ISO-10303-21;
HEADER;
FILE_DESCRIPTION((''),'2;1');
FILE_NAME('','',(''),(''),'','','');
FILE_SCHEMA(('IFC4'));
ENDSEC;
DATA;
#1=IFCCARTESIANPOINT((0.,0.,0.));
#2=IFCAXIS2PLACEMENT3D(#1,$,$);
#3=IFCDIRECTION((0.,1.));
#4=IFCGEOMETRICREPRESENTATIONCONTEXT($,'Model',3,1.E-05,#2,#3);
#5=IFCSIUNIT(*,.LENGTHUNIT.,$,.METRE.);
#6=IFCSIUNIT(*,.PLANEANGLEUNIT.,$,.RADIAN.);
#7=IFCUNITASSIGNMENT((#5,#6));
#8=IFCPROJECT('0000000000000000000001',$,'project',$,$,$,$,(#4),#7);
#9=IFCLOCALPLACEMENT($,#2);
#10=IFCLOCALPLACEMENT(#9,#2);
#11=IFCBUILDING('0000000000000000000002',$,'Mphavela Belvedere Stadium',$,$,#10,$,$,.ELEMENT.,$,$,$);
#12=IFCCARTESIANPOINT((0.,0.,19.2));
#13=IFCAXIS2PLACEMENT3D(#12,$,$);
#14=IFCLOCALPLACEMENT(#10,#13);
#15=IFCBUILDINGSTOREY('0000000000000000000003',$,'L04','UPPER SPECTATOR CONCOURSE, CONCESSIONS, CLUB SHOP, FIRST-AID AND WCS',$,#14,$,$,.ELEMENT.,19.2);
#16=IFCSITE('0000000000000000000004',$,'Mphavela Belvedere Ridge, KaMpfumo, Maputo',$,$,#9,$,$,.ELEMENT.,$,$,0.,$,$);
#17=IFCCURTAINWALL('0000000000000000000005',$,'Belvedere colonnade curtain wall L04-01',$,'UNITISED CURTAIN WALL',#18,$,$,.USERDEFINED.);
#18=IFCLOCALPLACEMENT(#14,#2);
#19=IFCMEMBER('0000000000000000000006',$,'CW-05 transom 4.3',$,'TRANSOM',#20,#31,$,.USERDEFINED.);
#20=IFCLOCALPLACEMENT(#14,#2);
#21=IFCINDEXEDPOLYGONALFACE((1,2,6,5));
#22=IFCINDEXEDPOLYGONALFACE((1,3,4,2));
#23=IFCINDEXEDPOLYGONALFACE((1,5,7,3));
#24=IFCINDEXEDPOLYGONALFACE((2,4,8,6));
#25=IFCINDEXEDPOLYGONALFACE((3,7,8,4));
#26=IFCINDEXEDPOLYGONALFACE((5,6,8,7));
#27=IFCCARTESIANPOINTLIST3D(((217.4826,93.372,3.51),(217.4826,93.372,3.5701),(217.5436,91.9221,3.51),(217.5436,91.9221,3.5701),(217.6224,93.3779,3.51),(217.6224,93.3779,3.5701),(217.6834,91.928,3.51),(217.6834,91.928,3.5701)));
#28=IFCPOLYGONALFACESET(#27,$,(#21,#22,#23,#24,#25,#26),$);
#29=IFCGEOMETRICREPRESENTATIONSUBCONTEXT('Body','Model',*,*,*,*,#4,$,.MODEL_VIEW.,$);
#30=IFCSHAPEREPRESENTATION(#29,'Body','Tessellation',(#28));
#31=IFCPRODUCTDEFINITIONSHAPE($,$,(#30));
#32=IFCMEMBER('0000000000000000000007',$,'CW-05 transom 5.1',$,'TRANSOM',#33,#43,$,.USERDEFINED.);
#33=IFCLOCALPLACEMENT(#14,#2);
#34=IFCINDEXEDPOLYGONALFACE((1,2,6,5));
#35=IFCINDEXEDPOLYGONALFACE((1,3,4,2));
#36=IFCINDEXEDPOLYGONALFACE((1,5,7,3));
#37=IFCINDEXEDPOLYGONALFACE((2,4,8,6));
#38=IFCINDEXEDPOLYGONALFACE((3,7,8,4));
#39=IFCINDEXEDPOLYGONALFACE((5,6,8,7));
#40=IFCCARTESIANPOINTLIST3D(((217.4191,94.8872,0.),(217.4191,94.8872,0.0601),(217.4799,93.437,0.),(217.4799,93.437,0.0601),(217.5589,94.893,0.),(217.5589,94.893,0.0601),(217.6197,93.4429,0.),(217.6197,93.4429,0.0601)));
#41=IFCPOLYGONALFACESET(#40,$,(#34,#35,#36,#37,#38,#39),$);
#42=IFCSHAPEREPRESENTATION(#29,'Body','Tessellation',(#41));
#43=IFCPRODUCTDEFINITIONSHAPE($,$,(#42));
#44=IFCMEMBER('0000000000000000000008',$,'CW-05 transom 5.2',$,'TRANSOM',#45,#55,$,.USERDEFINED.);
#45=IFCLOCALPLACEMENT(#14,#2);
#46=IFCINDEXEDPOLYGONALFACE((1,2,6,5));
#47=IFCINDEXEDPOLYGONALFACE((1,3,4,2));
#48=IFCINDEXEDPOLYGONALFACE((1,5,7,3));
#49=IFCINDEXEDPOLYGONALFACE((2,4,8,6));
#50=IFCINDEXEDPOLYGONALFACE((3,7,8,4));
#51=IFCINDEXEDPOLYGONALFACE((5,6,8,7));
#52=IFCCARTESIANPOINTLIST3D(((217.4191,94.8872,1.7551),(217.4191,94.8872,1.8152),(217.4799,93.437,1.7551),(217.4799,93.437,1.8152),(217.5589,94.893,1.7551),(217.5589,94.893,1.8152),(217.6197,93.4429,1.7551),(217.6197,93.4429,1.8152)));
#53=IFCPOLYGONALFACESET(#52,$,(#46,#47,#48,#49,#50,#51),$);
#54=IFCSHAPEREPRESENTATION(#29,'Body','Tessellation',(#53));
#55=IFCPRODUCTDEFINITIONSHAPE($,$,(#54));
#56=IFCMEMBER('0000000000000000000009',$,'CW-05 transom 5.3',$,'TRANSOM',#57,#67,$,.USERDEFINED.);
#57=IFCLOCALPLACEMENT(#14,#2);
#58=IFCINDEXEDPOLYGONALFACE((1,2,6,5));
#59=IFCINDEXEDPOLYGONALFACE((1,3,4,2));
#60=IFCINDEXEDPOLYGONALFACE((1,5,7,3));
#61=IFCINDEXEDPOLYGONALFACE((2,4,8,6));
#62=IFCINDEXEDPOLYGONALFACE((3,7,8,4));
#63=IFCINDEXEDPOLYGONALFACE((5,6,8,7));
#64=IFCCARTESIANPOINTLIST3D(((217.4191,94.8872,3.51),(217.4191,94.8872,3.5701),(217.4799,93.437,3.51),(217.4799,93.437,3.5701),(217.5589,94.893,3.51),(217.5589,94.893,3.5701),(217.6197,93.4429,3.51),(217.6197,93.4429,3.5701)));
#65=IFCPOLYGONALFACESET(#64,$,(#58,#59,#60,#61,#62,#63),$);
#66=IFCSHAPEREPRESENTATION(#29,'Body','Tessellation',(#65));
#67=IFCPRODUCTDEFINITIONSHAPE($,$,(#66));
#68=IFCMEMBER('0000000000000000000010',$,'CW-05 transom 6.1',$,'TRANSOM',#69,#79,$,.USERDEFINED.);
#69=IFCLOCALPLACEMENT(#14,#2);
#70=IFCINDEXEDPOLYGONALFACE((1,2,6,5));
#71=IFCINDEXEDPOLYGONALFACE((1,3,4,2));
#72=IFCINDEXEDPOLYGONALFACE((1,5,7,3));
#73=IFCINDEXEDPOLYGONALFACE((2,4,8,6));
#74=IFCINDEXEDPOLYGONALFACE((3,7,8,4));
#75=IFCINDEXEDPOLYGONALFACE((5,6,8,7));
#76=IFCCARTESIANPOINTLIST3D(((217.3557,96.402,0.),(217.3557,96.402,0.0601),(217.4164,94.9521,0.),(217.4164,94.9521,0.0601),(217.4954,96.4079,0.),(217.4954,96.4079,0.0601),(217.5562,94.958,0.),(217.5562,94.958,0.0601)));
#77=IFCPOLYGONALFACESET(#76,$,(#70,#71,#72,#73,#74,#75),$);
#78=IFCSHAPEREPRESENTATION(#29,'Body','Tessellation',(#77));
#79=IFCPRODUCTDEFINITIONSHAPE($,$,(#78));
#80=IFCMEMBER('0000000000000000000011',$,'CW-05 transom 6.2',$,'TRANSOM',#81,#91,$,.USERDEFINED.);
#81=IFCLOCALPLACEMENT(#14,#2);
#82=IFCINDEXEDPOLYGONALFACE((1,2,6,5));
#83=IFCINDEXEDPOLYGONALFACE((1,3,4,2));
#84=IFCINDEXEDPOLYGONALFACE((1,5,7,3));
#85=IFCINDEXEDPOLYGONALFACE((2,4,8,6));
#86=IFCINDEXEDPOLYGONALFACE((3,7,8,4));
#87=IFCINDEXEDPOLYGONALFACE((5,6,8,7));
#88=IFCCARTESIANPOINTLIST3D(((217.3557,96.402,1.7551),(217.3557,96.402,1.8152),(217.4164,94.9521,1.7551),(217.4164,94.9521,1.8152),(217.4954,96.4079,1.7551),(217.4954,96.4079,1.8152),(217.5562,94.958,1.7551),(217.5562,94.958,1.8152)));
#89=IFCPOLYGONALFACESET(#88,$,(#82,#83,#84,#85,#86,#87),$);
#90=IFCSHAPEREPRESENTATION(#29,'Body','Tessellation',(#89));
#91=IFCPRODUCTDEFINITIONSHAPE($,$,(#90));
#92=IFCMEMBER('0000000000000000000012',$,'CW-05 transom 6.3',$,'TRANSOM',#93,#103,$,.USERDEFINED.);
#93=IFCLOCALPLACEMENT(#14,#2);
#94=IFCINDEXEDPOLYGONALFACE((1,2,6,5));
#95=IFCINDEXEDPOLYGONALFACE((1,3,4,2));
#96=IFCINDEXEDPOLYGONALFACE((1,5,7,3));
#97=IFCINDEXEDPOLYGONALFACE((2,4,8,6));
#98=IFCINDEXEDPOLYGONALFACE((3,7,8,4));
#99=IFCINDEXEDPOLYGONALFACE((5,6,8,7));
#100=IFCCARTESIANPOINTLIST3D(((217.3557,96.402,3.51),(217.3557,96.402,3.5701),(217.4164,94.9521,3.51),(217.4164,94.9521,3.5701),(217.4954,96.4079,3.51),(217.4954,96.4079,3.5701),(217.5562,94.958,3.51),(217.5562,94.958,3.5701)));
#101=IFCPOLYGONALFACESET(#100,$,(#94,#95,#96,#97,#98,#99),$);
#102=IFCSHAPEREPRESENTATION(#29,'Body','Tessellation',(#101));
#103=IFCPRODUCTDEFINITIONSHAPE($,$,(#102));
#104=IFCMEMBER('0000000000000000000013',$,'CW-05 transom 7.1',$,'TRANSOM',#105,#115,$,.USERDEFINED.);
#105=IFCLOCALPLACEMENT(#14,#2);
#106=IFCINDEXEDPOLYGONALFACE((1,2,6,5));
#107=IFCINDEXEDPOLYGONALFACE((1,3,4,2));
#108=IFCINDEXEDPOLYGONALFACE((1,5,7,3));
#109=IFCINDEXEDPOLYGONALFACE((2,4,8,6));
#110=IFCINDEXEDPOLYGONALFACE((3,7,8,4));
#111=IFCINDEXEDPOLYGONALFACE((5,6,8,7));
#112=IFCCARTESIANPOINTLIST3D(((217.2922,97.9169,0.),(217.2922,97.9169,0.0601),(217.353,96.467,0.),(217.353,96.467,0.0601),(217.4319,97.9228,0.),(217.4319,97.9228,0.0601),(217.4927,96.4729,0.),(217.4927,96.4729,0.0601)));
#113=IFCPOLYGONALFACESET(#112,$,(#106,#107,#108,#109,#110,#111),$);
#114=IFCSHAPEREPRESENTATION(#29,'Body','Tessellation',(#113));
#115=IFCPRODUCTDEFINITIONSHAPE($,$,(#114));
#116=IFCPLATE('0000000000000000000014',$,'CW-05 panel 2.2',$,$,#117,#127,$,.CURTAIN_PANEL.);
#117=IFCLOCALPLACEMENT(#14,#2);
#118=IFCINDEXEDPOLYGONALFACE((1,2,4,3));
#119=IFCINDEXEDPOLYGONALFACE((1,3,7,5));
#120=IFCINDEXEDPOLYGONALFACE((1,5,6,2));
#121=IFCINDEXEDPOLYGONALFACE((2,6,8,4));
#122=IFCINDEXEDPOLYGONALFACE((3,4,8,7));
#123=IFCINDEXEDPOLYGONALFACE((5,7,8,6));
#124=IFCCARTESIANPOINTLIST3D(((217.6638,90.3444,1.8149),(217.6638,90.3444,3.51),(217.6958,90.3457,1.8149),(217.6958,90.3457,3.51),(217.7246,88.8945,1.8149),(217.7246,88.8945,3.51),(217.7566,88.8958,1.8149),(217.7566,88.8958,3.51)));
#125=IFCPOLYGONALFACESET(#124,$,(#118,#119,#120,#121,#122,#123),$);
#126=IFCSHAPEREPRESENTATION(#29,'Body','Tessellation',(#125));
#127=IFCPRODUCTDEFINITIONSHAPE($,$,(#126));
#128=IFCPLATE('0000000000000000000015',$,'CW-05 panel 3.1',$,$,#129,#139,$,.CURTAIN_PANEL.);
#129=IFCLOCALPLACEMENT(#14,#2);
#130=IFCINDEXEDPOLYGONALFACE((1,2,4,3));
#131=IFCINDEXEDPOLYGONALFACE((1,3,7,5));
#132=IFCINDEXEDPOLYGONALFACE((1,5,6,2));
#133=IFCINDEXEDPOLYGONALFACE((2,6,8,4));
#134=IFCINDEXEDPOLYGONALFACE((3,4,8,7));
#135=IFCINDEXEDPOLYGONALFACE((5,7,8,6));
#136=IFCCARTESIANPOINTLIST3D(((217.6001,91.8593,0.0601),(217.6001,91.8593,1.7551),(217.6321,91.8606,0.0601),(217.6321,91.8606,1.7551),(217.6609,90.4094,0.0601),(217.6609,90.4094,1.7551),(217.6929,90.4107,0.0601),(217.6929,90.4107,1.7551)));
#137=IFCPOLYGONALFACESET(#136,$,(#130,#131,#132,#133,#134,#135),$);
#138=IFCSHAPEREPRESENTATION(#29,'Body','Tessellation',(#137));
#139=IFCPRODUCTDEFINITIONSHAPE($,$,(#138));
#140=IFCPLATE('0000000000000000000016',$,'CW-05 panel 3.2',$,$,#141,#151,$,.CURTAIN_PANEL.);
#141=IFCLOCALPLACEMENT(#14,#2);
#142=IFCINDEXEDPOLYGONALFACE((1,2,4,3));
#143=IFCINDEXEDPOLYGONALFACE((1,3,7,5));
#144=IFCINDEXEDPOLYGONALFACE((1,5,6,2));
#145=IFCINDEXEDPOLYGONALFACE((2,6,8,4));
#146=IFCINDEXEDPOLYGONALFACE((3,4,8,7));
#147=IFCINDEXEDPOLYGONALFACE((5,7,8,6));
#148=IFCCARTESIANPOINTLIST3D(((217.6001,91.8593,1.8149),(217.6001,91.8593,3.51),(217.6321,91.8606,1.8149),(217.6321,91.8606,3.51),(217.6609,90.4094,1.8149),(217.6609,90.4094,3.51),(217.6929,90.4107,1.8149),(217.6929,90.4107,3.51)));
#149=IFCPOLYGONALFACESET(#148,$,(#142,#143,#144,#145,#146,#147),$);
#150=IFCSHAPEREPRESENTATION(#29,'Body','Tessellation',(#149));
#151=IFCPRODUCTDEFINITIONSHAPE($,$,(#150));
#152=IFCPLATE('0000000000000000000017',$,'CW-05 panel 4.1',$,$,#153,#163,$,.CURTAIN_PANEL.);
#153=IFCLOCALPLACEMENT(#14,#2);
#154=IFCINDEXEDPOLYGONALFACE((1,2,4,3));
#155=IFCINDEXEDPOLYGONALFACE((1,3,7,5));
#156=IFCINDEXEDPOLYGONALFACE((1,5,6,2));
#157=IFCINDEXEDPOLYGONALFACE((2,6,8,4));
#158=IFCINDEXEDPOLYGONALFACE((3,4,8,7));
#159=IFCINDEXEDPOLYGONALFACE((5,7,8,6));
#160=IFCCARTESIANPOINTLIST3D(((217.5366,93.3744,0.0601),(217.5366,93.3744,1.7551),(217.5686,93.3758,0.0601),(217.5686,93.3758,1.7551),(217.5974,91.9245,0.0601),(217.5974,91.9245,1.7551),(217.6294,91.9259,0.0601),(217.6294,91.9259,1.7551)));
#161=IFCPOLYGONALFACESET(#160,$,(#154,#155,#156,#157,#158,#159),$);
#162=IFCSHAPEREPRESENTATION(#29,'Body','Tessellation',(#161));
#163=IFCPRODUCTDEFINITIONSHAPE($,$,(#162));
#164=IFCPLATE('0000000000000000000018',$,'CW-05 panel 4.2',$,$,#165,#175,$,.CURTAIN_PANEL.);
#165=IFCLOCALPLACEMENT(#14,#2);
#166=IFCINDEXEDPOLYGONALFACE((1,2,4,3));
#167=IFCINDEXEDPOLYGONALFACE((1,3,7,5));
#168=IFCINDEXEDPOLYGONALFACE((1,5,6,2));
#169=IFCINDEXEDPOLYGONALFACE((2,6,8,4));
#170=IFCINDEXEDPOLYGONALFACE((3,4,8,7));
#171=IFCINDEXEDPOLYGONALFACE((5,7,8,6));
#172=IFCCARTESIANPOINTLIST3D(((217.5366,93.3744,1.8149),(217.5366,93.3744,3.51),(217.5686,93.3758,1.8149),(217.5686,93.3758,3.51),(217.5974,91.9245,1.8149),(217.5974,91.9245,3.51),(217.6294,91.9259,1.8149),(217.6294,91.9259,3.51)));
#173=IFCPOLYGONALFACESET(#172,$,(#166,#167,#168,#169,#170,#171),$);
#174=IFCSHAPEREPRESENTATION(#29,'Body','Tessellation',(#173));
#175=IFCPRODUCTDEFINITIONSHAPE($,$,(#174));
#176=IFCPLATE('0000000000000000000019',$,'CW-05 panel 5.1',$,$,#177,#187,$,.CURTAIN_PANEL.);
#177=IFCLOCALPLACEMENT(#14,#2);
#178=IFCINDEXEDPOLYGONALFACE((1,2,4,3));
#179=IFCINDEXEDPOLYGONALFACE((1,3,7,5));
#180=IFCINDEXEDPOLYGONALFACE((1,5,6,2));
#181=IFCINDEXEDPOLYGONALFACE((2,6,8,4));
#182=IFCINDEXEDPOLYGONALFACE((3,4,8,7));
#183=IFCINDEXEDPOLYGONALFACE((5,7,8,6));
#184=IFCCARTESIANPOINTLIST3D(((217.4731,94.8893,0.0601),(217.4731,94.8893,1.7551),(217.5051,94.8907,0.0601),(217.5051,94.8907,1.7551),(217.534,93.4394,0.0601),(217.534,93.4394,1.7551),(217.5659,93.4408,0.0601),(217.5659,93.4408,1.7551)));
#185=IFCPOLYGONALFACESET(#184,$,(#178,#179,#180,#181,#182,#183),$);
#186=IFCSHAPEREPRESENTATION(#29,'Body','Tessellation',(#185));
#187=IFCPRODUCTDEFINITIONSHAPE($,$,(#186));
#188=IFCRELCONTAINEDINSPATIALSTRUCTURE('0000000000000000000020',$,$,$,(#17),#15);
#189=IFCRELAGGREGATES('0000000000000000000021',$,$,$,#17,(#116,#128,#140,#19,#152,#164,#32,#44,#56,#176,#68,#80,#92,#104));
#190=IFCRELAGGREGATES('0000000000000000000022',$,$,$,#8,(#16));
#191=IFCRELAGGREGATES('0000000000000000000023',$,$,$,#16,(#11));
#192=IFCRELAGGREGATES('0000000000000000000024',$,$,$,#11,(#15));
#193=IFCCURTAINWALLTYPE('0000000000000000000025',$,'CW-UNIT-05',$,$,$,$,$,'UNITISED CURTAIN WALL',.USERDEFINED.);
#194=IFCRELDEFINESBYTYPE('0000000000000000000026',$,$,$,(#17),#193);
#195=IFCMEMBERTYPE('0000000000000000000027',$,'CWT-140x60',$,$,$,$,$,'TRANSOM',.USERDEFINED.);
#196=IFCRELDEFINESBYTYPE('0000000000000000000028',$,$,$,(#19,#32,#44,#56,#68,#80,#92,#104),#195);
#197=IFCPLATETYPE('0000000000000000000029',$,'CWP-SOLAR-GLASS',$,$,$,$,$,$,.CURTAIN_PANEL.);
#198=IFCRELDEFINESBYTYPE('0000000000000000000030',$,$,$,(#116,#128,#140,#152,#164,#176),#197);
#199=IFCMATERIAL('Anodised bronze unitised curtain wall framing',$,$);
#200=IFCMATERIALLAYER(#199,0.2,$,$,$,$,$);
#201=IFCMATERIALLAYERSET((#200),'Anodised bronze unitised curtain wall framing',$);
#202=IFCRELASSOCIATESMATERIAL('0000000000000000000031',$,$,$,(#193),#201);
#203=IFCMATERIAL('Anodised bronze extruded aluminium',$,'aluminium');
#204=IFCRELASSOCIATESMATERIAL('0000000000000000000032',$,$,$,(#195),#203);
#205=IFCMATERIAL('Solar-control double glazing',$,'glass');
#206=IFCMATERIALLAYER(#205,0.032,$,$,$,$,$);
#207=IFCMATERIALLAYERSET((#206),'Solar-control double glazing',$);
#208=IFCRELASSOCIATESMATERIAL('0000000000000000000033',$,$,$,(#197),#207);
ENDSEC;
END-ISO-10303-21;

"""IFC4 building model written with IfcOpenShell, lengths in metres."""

from ifc_helpers import new_model, si_unit, direction, frame, origin, origin_2d, place, context, subcontext, project, spatial, rectangle, extrude, material, layer, layer_set, material_profile, profile_set, type_object, element, aggregate, save


model = new_model("IFC4")

# Units and contexts
model_context = context("Model", 3, precision=1e-05, world=origin(), true_north=direction((0.0, 1.0)))
body_context = subcontext(model_context, "Body", "Model", "MODEL_VIEW")
ifc_project = project(units=[si_unit("LENGTHUNIT", "METRE"), si_unit("PLANEANGLEUNIT", "RADIAN")], contexts=[model_context])

# Site, building, storey
site_placement = place(None, origin())
site = spatial("IfcSite", under=ifc_project, at=site_placement, Name="Mphavela Belvedere Ridge, KaMpfumo, Maputo", CompositionType="ELEMENT", RefElevation=0.0)
building_placement = place(site_placement, origin())
building = spatial("IfcBuilding", under=site, at=building_placement, Name="Mphavela Belvedere Stadium", CompositionType="ELEMENT")
storey_placement = place(building_placement, frame((0.0, 0.0, 19.2)))
storey = spatial("IfcBuildingStorey", under=building, at=storey_placement, Name="L04", Description="UPPER SPECTATOR CONCOURSE, CONCESSIONS, CLUB SHOP, FIRST-AID AND WCS", CompositionType="ELEMENT", Elevation=19.2)

# Curtain wall, members, plates
ifc_material_1 = material(Name="Anodised bronze unitised curtain wall framing")
ifc_layer_1 = layer(ifc_material_1, 0.2)
ifc_layer_set_1 = layer_set([ifc_layer_1], Name="Anodised bronze unitised curtain wall framing")
curtain_wall_type = type_object("IfcCurtainWallType", Name="CW-UNIT-05", ElementType="UNITISED CURTAIN WALL", PredefinedType="USERDEFINED", material=ifc_layer_set_1)
curtain_wall_placement = place(storey_placement, origin())
curtain_wall = element("IfcCurtainWall", 1, at=curtain_wall_placement, inside=storey, type_object=curtain_wall_type, Name="Belvedere colonnade curtain wall L04-01", ObjectType="UNITISED CURTAIN WALL", PredefinedType="USERDEFINED")
ifc_material_2 = material(Name="Anodised bronze extruded aluminium", Category="aluminium")
ifc_material_profile_1 = material_profile(ifc_material_2, rectangle(XDim=0.1399, YDim=0.0601, at=origin_2d()), Name="CW-TRN 140x60")
ifc_profile_set_1 = profile_set([ifc_material_profile_1], Name="Anodised bronze extruded aluminium")
member_type_1 = type_object("IfcMemberType", Name="CWT-140x60", ElementType="TRANSOM", PredefinedType="USERDEFINED", material=ifc_profile_set_1)
member_1_placement = place(storey_placement, frame((217.6135, 91.925, 3.54), z_axis=(-0.042057, 0.999115, 0.0), x_axis=(-0.999115, -0.042057, 0.0)))
member_1 = element("IfcMember", 2, at=member_1_placement, type_object=member_type_1, Name="CW-05 transom 4.3", ObjectType="TRANSOM", PredefinedType="USERDEFINED", context=body_context, shape_type="SweptSolid", body=[
    extrude(rectangle(XDim=0.1399, YDim=0.0601, at=origin_2d()), origin(), (0.0, 0.0, 1.0), 1.4512),
])
member_2_placement = place(storey_placement, frame((217.5498, 93.4399, 0.03), z_axis=(-0.041882, 0.999123, 0.0), x_axis=(-0.999123, -0.041882, 0.0)))
member_2 = element("IfcMember", 3, at=member_2_placement, type_object=member_type_1, Name="CW-05 transom 5.1", ObjectType="TRANSOM", PredefinedType="USERDEFINED", context=body_context, shape_type="SweptSolid", body=[
    extrude(rectangle(XDim=0.1399, YDim=0.0601, at=origin_2d()), origin(), (0.0, 0.0, 1.0), 1.4514),
])
member_3_placement = place(storey_placement, frame((217.5498, 93.4399, 1.7852), z_axis=(-0.041882, 0.999123, 0.0), x_axis=(-0.999123, -0.041882, 0.0)))
member_3 = element("IfcMember", 4, at=member_3_placement, type_object=member_type_1, Name="CW-05 transom 5.2", ObjectType="TRANSOM", PredefinedType="USERDEFINED", context=body_context, shape_type="SweptSolid", body=[
    extrude(rectangle(XDim=0.1399, YDim=0.0601, at=origin_2d()), origin(), (0.0, 0.0, 1.0), 1.4514),
])
member_4_placement = place(storey_placement, frame((217.5498, 93.4399, 3.54), z_axis=(-0.041882, 0.999123, 0.0), x_axis=(-0.999123, -0.041882, 0.0)))
member_4 = element("IfcMember", 5, at=member_4_placement, type_object=member_type_1, Name="CW-05 transom 5.3", ObjectType="TRANSOM", PredefinedType="USERDEFINED", context=body_context, shape_type="SweptSolid", body=[
    extrude(rectangle(XDim=0.1399, YDim=0.0601, at=origin_2d()), origin(), (0.0, 0.0, 1.0), 1.4514),
])
member_5_placement = place(storey_placement, frame((217.4863, 94.9551, 0.03), z_axis=(-0.041889, 0.999122, 0.0), x_axis=(-0.999122, -0.041889, 0.0)))
member_5 = element("IfcMember", 6, at=member_5_placement, type_object=member_type_1, Name="CW-05 transom 6.1", ObjectType="TRANSOM", PredefinedType="USERDEFINED", context=body_context, shape_type="SweptSolid", body=[
    extrude(rectangle(XDim=0.1399, YDim=0.0601, at=origin_2d()), origin(), (0.0, 0.0, 1.0), 1.4512),
])
member_6_placement = place(storey_placement, frame((217.4863, 94.9551, 1.7852), z_axis=(-0.041889, 0.999122, 0.0), x_axis=(-0.999122, -0.041889, 0.0)))
member_6 = element("IfcMember", 7, at=member_6_placement, type_object=member_type_1, Name="CW-05 transom 6.2", ObjectType="TRANSOM", PredefinedType="USERDEFINED", context=body_context, shape_type="SweptSolid", body=[
    extrude(rectangle(XDim=0.1399, YDim=0.0601, at=origin_2d()), origin(), (0.0, 0.0, 1.0), 1.4512),
])
member_7_placement = place(storey_placement, frame((217.4863, 94.9551, 3.54), z_axis=(-0.041889, 0.999122, 0.0), x_axis=(-0.999122, -0.041889, 0.0)))
member_7 = element("IfcMember", 8, at=member_7_placement, type_object=member_type_1, Name="CW-05 transom 6.3", ObjectType="TRANSOM", PredefinedType="USERDEFINED", context=body_context, shape_type="SweptSolid", body=[
    extrude(rectangle(XDim=0.1399, YDim=0.0601, at=origin_2d()), origin(), (0.0, 0.0, 1.0), 1.4512),
])
member_8_placement = place(storey_placement, frame((217.4229, 96.47, 0.03), z_axis=(-0.041889, 0.999122, 0.0), x_axis=(-0.999122, -0.041889, 0.0)))
member_8 = element("IfcMember", 9, at=member_8_placement, type_object=member_type_1, Name="CW-05 transom 7.1", ObjectType="TRANSOM", PredefinedType="USERDEFINED", context=body_context, shape_type="SweptSolid", body=[
    extrude(rectangle(XDim=0.1399, YDim=0.0601, at=origin_2d()), origin(), (0.0, 0.0, 1.0), 1.4512),
])
ifc_material_3 = material(Name="Solar-control double glazing", Category="glass")
ifc_layer_2 = layer(ifc_material_3, 0.032)
ifc_layer_set_2 = layer_set([ifc_layer_2], Name="Solar-control double glazing")
plate_type = type_object("IfcPlateType", Name="CWP-SOLAR-GLASS", PredefinedType="CURTAIN_PANEL", material=ifc_layer_set_2)
plate_1_placement = place(storey_placement, frame((217.7102, 89.6201, 1.8149), z_axis=(0.0, 0.0, 1.0), x_axis=(-0.041905, 0.999122, 0.0)))
plate_1 = element("IfcPlate", 10, at=plate_1_placement, type_object=plate_type, Name="CW-05 panel 2.2", PredefinedType="CURTAIN_PANEL", context=body_context, shape_type="SweptSolid", body=[
    extrude(rectangle(XDim=1.4512, YDim=0.032, at=origin_2d()), origin(), (0.0, 0.0, 1.0), 1.6951),
])
plate_2_placement = place(storey_placement, frame((217.6465, 91.135, 0.0601), z_axis=(0.0, 0.0, 1.0), x_axis=(-0.041905, 0.999122, 0.0)))
plate_2 = element("IfcPlate", 11, at=plate_2_placement, type_object=plate_type, Name="CW-05 panel 3.1", PredefinedType="CURTAIN_PANEL", context=body_context, shape_type="SweptSolid", body=[
    extrude(rectangle(XDim=1.4512, YDim=0.032, at=origin_2d()), origin(), (0.0, 0.0, 1.0), 1.6951),
])
plate_3_placement = place(storey_placement, frame((217.6465, 91.135, 1.8149), z_axis=(0.0, 0.0, 1.0), x_axis=(-0.041905, 0.999122, 0.0)))
plate_3 = element("IfcPlate", 12, at=plate_3_placement, type_object=plate_type, Name="CW-05 panel 3.2", PredefinedType="CURTAIN_PANEL", context=body_context, shape_type="SweptSolid", body=[
    extrude(rectangle(XDim=1.4512, YDim=0.032, at=origin_2d()), origin(), (0.0, 0.0, 1.0), 1.6951),
])
plate_4_placement = place(storey_placement, frame((217.583, 92.6501, 0.0601), z_axis=(0.0, 0.0, 1.0), x_axis=(-0.041905, 0.999122, 0.0)))
plate_4 = element("IfcPlate", 13, at=plate_4_placement, type_object=plate_type, Name="CW-05 panel 4.1", PredefinedType="CURTAIN_PANEL", context=body_context, shape_type="SweptSolid", body=[
    extrude(rectangle(XDim=1.4512, YDim=0.032, at=origin_2d()), origin(), (0.0, 0.0, 1.0), 1.6951),
])
plate_5_placement = place(storey_placement, frame((217.583, 92.6501, 1.8149), z_axis=(0.0, 0.0, 1.0), x_axis=(-0.041905, 0.999122, 0.0)))
plate_5 = element("IfcPlate", 14, at=plate_5_placement, type_object=plate_type, Name="CW-05 panel 4.2", PredefinedType="CURTAIN_PANEL", context=body_context, shape_type="SweptSolid", body=[
    extrude(rectangle(XDim=1.4512, YDim=0.032, at=origin_2d()), origin(), (0.0, 0.0, 1.0), 1.6951),
])
plate_6_placement = place(storey_placement, frame((217.5195, 94.165, 0.0601), z_axis=(0.0, 0.0, 1.0), x_axis=(-0.041905, 0.999122, 0.0)))
plate_6 = element("IfcPlate", 15, at=plate_6_placement, type_object=plate_type, Name="CW-05 panel 5.1", PredefinedType="CURTAIN_PANEL", context=body_context, shape_type="SweptSolid", body=[
    extrude(rectangle(XDim=1.4512, YDim=0.032, at=origin_2d()), origin(), (0.0, 0.0, 1.0), 1.6951),
])
aggregate(curtain_wall, [plate_1, plate_2, plate_3, member_1, plate_4, plate_5, member_2, member_3, member_4, plate_6, member_5, member_6, member_7, member_8])

save(model, "model.ifc")
